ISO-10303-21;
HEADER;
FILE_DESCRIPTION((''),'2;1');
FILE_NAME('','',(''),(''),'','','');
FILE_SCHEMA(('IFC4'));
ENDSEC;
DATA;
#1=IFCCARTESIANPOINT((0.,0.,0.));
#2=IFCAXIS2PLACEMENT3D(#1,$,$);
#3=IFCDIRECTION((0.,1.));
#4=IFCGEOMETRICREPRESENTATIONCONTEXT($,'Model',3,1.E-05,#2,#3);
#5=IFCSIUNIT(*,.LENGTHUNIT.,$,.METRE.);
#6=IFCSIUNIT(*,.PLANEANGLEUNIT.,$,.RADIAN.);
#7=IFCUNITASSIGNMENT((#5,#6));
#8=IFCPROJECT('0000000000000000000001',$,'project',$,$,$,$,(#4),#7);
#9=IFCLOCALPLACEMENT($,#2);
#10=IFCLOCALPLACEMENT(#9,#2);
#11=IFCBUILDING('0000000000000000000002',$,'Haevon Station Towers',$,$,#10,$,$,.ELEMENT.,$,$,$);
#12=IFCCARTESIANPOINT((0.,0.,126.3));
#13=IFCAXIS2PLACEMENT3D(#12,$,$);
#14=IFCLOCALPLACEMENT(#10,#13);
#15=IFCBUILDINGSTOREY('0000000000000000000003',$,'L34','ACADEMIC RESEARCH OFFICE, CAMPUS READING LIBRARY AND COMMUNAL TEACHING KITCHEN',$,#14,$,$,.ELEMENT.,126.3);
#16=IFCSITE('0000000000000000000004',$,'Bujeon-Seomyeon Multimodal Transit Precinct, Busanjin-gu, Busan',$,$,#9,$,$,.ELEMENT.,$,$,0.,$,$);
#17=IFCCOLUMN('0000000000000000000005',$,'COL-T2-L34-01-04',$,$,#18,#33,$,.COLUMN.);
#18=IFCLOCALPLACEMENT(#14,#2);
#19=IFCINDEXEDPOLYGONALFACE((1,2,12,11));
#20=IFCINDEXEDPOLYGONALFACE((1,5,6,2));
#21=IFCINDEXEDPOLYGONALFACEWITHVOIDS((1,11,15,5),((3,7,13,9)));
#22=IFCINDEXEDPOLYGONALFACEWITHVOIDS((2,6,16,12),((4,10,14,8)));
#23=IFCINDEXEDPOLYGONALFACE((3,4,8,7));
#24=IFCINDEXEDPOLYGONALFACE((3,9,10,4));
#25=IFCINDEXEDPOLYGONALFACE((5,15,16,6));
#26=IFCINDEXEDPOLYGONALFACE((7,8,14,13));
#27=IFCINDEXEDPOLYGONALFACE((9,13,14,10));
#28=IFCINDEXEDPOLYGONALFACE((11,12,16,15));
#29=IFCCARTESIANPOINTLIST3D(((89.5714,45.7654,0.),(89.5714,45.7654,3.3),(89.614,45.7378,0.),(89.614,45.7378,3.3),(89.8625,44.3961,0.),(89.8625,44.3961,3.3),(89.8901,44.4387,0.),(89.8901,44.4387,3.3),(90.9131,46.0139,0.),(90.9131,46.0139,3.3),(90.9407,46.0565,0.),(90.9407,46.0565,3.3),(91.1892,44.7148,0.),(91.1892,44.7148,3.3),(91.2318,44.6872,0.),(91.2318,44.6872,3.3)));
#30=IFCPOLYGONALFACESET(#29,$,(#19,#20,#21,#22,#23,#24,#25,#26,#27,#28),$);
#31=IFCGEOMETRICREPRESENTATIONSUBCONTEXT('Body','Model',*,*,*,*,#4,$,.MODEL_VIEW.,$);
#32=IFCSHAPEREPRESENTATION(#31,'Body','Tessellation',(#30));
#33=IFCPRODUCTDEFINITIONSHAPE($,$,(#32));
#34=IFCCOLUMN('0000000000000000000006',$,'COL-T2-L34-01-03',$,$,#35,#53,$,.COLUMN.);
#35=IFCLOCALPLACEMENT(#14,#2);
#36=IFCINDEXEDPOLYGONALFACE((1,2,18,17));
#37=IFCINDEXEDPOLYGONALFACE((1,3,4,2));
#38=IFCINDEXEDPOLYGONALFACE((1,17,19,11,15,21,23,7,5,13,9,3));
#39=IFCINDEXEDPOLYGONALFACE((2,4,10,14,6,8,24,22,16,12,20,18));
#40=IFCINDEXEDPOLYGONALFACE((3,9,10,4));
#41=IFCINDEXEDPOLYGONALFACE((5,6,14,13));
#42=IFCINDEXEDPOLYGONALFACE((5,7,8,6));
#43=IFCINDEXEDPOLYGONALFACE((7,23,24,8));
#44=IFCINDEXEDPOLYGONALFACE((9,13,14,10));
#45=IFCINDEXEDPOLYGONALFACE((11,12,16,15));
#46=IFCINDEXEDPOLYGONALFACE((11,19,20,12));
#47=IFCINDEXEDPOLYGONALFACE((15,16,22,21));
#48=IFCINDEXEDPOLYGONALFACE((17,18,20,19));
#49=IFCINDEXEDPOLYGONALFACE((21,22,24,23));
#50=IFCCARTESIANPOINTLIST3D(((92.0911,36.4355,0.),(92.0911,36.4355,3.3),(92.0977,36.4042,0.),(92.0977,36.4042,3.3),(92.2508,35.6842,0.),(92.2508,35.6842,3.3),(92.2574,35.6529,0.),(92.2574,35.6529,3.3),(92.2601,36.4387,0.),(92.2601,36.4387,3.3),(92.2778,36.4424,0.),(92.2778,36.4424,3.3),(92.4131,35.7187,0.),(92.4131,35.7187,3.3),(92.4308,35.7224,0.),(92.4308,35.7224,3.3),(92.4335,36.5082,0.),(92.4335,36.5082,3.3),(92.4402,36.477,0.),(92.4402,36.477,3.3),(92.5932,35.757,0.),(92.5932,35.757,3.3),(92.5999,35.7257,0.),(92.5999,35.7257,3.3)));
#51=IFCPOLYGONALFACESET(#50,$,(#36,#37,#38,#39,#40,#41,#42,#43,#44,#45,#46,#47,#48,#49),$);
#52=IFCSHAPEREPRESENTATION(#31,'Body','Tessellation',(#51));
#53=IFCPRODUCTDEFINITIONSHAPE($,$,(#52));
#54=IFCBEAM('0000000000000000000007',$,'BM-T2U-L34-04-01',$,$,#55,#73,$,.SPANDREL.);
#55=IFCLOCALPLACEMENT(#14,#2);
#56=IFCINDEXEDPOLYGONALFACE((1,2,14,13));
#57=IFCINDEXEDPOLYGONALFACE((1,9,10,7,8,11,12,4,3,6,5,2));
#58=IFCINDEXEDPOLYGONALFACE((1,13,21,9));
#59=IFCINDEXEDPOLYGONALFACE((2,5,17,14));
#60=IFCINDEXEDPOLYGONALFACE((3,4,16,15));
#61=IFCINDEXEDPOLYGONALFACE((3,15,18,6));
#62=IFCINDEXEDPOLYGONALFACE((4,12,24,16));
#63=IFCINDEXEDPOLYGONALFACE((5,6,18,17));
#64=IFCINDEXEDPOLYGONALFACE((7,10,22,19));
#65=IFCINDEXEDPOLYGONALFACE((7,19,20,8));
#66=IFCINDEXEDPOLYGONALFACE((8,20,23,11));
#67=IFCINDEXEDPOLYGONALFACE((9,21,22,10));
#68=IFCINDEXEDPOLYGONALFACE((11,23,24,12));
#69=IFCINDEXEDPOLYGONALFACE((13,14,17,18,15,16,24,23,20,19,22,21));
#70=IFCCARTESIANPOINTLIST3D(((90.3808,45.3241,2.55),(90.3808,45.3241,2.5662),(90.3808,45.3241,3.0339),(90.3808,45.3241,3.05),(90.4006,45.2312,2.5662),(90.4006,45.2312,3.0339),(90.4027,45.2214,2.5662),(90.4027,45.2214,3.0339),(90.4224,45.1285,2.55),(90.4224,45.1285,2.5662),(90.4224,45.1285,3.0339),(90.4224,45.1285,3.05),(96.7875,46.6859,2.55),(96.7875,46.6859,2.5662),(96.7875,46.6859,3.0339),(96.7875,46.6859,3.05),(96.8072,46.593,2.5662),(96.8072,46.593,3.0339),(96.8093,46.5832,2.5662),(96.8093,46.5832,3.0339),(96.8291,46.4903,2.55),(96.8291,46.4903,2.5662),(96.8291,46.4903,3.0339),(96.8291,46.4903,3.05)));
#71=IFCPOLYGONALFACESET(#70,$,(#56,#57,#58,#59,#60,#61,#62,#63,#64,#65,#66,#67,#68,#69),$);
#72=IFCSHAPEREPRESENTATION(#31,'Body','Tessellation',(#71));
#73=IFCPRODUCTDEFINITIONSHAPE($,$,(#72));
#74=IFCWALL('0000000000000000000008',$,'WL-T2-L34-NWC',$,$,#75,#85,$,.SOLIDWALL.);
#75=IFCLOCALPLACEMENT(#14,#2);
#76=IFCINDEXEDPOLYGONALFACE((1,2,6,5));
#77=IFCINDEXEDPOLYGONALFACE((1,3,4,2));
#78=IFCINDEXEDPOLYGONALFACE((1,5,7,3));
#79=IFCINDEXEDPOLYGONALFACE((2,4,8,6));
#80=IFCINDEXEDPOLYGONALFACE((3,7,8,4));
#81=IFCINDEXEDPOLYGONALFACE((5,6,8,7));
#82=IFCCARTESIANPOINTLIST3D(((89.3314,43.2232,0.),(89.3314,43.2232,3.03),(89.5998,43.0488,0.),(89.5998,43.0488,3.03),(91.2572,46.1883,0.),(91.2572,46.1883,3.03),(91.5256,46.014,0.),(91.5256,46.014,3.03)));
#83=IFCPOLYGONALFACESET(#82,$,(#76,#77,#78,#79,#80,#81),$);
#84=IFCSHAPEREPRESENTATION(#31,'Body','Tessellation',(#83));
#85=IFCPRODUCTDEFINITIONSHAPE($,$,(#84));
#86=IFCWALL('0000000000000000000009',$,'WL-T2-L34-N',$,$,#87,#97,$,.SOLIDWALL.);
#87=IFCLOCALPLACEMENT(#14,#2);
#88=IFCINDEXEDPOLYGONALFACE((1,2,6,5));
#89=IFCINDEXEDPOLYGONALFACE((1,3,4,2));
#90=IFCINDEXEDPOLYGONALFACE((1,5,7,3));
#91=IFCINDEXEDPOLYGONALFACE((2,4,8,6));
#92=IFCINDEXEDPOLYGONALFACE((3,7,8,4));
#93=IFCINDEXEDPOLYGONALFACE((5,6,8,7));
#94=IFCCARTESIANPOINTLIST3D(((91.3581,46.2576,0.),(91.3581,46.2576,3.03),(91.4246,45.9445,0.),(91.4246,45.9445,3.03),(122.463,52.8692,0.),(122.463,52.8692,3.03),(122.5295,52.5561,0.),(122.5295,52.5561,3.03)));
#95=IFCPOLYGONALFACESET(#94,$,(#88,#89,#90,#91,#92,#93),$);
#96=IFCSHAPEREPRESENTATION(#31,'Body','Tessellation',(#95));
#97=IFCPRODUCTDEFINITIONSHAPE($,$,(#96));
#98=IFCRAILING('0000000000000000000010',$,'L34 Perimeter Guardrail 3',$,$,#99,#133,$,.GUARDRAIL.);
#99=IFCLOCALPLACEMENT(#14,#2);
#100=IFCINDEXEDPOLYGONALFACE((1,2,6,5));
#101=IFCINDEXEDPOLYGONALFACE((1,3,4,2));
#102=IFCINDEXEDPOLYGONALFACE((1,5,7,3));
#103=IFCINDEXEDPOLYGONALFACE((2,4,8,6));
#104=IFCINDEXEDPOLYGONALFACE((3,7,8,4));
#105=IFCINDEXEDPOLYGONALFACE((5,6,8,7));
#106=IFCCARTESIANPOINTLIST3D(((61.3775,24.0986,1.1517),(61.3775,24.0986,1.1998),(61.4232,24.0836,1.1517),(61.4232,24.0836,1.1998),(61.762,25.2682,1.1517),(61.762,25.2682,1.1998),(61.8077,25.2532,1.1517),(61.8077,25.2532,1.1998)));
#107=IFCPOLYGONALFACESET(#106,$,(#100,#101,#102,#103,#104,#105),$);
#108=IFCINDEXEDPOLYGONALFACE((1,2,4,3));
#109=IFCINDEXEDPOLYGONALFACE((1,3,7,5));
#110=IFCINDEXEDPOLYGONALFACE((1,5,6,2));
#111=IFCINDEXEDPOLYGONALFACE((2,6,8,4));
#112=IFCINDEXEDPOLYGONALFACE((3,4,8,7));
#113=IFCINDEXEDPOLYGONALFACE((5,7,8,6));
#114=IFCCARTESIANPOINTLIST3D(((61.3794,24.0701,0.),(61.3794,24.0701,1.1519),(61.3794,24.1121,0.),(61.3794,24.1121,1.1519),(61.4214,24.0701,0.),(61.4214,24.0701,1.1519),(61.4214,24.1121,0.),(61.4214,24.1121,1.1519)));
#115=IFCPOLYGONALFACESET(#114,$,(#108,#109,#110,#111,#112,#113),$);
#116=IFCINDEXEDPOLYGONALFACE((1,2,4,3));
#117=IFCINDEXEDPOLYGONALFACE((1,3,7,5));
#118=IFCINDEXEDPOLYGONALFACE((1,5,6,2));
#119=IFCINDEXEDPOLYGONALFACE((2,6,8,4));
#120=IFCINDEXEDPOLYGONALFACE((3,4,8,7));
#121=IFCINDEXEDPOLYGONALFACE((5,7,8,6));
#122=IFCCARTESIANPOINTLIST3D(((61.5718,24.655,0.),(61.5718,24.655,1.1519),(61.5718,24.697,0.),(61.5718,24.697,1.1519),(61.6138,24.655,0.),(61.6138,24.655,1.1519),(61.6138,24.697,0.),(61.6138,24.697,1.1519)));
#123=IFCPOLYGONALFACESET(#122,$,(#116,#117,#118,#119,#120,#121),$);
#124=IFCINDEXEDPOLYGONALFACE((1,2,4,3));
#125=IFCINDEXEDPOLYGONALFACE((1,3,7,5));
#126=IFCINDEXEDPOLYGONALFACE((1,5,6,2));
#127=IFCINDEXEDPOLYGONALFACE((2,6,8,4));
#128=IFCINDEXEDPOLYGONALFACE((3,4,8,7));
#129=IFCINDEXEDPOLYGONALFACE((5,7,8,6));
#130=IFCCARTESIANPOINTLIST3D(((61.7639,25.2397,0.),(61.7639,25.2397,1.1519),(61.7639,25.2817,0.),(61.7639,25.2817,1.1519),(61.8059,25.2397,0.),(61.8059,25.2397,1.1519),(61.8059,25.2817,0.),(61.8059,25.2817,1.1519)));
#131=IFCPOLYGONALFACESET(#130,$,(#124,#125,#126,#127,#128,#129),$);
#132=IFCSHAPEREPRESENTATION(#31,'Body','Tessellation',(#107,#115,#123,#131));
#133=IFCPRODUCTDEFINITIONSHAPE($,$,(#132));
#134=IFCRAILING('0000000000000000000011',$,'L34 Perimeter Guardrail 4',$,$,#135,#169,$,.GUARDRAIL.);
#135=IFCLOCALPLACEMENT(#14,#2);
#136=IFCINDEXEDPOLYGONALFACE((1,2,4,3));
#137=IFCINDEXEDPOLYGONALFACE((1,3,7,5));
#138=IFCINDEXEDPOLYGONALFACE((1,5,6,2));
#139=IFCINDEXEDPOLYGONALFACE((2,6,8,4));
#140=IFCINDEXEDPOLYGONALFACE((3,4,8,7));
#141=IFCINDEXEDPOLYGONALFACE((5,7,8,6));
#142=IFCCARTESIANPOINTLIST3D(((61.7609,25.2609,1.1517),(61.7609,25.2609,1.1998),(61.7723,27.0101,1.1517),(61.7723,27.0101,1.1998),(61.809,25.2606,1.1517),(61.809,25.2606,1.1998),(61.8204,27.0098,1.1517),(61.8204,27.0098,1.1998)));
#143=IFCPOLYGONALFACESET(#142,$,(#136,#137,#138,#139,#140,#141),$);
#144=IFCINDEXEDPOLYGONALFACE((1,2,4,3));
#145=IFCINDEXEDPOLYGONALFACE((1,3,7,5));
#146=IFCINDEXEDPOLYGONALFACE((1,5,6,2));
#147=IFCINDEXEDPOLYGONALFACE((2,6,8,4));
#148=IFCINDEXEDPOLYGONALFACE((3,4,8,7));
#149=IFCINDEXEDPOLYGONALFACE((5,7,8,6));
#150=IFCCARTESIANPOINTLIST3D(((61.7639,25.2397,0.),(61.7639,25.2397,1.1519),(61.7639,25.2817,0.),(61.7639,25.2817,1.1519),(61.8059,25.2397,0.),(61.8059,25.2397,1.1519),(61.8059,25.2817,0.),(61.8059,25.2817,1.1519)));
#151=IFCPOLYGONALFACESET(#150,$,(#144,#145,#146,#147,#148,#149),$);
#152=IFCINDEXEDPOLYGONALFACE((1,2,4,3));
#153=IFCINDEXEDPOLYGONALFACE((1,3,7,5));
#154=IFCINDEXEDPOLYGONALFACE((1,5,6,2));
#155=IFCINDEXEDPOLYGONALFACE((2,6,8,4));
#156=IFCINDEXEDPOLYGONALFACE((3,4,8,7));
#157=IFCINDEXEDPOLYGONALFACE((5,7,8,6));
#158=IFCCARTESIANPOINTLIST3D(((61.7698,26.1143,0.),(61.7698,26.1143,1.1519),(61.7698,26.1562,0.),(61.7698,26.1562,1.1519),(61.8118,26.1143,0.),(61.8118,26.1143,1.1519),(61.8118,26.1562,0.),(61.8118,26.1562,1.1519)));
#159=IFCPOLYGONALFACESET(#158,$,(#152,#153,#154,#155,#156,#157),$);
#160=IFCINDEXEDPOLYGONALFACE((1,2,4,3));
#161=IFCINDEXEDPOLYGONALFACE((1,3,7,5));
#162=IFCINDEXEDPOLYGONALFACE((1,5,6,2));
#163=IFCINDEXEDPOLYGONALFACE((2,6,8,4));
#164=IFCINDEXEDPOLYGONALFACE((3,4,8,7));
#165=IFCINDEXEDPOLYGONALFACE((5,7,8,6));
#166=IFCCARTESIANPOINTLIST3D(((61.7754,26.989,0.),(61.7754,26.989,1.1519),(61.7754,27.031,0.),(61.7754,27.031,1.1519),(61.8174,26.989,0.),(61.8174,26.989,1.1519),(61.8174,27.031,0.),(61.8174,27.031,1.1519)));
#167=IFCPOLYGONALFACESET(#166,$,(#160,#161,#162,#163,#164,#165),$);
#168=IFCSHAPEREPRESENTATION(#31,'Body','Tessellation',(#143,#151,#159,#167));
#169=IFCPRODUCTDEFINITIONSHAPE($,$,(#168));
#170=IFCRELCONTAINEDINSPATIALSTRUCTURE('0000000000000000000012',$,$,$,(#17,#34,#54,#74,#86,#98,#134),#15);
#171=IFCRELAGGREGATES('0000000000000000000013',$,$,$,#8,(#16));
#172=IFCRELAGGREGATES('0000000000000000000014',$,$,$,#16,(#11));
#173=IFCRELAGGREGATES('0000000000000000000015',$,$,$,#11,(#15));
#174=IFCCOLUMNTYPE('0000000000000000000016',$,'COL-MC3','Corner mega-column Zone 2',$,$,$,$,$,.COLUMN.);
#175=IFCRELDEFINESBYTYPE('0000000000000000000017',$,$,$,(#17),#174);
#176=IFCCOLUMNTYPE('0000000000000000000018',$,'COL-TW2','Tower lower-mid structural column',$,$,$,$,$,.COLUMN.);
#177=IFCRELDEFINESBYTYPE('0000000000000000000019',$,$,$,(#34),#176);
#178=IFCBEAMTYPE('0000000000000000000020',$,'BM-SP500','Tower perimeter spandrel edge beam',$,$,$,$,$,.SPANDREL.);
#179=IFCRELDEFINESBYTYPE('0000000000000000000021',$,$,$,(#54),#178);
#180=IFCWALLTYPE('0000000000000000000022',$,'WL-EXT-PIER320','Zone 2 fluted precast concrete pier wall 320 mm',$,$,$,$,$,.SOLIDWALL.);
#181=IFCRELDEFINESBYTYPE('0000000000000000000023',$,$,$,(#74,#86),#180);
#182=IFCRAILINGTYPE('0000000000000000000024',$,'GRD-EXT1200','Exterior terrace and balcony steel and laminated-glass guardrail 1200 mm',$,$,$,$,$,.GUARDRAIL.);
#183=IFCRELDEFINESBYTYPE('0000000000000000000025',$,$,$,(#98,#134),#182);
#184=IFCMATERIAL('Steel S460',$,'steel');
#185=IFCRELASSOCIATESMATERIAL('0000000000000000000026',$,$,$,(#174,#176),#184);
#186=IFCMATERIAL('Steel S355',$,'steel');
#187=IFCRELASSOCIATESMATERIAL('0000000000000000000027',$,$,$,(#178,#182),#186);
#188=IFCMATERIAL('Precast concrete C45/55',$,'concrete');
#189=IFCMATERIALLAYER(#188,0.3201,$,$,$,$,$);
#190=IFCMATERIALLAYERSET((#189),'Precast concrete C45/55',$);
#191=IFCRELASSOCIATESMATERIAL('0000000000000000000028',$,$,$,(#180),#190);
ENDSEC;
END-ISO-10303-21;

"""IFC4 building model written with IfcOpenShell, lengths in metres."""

from ifc_helpers import new_model, si_unit, direction, frame, frame_2d, origin, origin_2d, place, context, subcontext, project, spatial, rectangle, hollow_rectangle, i_section, extrude, material, layer, layer_set, material_profile, profile_set, type_object, element, save


model = new_model("IFC4")

# Units and contexts
model_context = context("Model", 3, precision=1e-05, world=origin(), true_north=direction((0.0, 1.0)))
body_context = subcontext(model_context, "Body", "Model", "MODEL_VIEW")
ifc_project = project(units=[si_unit("LENGTHUNIT", "METRE"), si_unit("PLANEANGLEUNIT", "RADIAN")], contexts=[model_context])

# Site, building, storey
site_placement = place(None, origin())
site = spatial("IfcSite", under=ifc_project, at=site_placement, Name="Bujeon-Seomyeon Multimodal Transit Precinct, Busanjin-gu, Busan", CompositionType="ELEMENT", RefElevation=0.0)
building_placement = place(site_placement, origin())
building = spatial("IfcBuilding", under=site, at=building_placement, Name="Haevon Station Towers", CompositionType="ELEMENT")
storey_placement = place(building_placement, frame((0.0, 0.0, 126.3)))
storey = spatial("IfcBuildingStorey", under=building, at=storey_placement, Name="L34", Description="ACADEMIC RESEARCH OFFICE, CAMPUS READING LIBRARY AND COMMUNAL TEACHING KITCHEN", CompositionType="ELEMENT", Elevation=126.3)

# Columns
ifc_material_1 = material(Name="Steel S460", Category="steel")
ifc_material_profile_1 = material_profile(ifc_material_1, hollow_rectangle(XDim=1.3999, YDim=1.3999, WallThickness=0.0359, at=origin_2d()), Name="BOX-1400x1400x36")
ifc_profile_set_1 = profile_set([ifc_material_profile_1], Name="Steel S460")
column_type_1 = type_object("IfcColumnType", Name="COL-MC3", Description="Corner mega-column Zone 2", PredefinedType="COLUMN", material=ifc_profile_set_1)
column_1_placement = place(storey_placement, frame((90.4016, 45.2263, 0.0), z_axis=(0.0, 0.0, 1.0), x_axis=(0.978148, 0.207912, 0.0)))
element("IfcColumn", 1, at=column_1_placement, inside=storey, type_object=column_type_1, Name="COL-T2-L34-01-04", PredefinedType="COLUMN", context=body_context, shape_type="SweptSolid", body=[
    extrude(hollow_rectangle(XDim=1.3999, YDim=1.3999, WallThickness=0.0359, at=origin_2d()), origin(), (0.0, 0.0, 1.0), 3.3),
])
ifc_material_profile_2 = material_profile(ifc_material_1, i_section(OverallWidth=0.3501, OverallDepth=0.8, WebThickness=0.0181, FlangeThickness=0.032, at=origin_2d()), Name="H-800x350x18x32")
ifc_profile_set_2 = profile_set([ifc_material_profile_2], Name="Steel S460")
column_type_2 = type_object("IfcColumnType", Name="COL-TW2", Description="Tower lower-mid structural column", PredefinedType="COLUMN", material=ifc_profile_set_2)
column_2_placement = place(storey_placement, frame((92.3455, 36.0806, 0.0), z_axis=(0.0, 0.0, 1.0), x_axis=(0.978148, 0.207912, 0.0)))
element("IfcColumn", 2, at=column_2_placement, inside=storey, type_object=column_type_2, Name="COL-T2-L34-01-03", PredefinedType="COLUMN", context=body_context, shape_type="SweptSolid", body=[
    extrude(i_section(OverallWidth=0.3501, OverallDepth=0.8, WebThickness=0.0181, FlangeThickness=0.032, at=origin_2d()), origin(), (0.0, 0.0, 1.0), 3.3),
])

# Beam
ifc_material_2 = material(Name="Steel S355", Category="steel")
ifc_material_profile_3 = material_profile(ifc_material_2, i_section(OverallWidth=0.2, OverallDepth=0.5, WebThickness=0.01, FlangeThickness=0.0161, at=origin_2d()), Name="H-500x200x10x16")
ifc_profile_set_3 = profile_set([ifc_material_profile_3], Name="Steel S355")
beam_type = type_object("IfcBeamType", Name="BM-SP500", Description="Tower perimeter spandrel edge beam", PredefinedType="SPANDREL", material=ifc_profile_set_3)
beam_placement = place(storey_placement, frame((90.4016, 45.2263, 2.8), z_axis=(0.978147, 0.207915, 0.0), x_axis=(-0.207915, 0.978147, 0.0)))
element("IfcBeam", 3, at=beam_placement, inside=storey, type_object=beam_type, Name="BM-T2U-L34-04-01", PredefinedType="SPANDREL", context=body_context, shape_type="SweptSolid", body=[
    extrude(i_section(OverallWidth=0.2, OverallDepth=0.5, WebThickness=0.01, FlangeThickness=0.0161, at=origin_2d()), origin(), (0.0, 0.0, 1.0), 6.5498),
])

# Walls
ifc_material_3 = material(Name="Precast concrete C45/55", Category="concrete")
ifc_layer_1 = layer(ifc_material_3, 0.3201)
ifc_layer_set_1 = layer_set([ifc_layer_1], Name="Precast concrete C45/55")
wall_type = type_object("IfcWallType", Name="WL-EXT-PIER320", Description="Zone 2 fluted precast concrete pier wall 320 mm", PredefinedType="SOLIDWALL", material=ifc_layer_set_1)
wall_1_placement = place(storey_placement, frame((89.4656, 43.136, 0.0), z_axis=(0.0, 0.0, 1.0), x_axis=(0.544685, 0.838641, 0.0)))
element("IfcWall", 4, at=wall_1_placement, inside=storey, type_object=wall_type, Name="WL-T2-L34-NWC", PredefinedType="SOLIDWALL", context=body_context, shape_type="SweptSolid", body=[
    extrude(rectangle(XDim=3.5356, YDim=0.3201, at=frame_2d((1.7678, 0.0))), origin(), (0.0, 0.0, 1.0), 3.03),
])
wall_2_placement = place(storey_placement, frame((91.3914, 46.1011, 0.0), z_axis=(0.0, 0.0, 1.0), x_axis=(0.978148, 0.207912, 0.0)))
element("IfcWall", 5, at=wall_2_placement, inside=storey, type_object=wall_type, Name="WL-T2-L34-N", PredefinedType="SOLIDWALL", context=body_context, shape_type="SweptSolid", body=[
    extrude(rectangle(XDim=31.7998, YDim=0.3201, at=frame_2d((15.8999, 0.0))), origin(), (0.0, 0.0, 1.0), 3.03),
])

# Railings
railing_type = type_object("IfcRailingType", Name="GRD-EXT1200", Description="Exterior terrace and balcony steel and laminated-glass guardrail 1200 mm", PredefinedType="GUARDRAIL", material=ifc_material_2)
railing_1_placement = place(storey_placement, frame((61.4004, 24.0911, 0.0)))
element("IfcRailing", 6, at=railing_1_placement, inside=storey, type_object=railing_type, Name="L34 Perimeter Guardrail 3", PredefinedType="GUARDRAIL", context=body_context, shape_type="SweptSolid", body=[
    extrude(rectangle(XDim=0.0481, YDim=0.0481, at=origin_2d()), frame((0.0, 0.0, 1.1758), z_axis=(0.312299, 0.949984, 0.0), x_axis=(-0.949984, 0.312299, 0.0)), (0.0, 0.0, 1.0), 1.2312),
    extrude(rectangle(XDim=0.042, YDim=0.042, at=origin_2d()), origin(), (0.0, 0.0, 1.0), 1.1519),
    extrude(rectangle(XDim=0.042, YDim=0.042, at=origin_2d()), frame((0.1924, 0.585, 0.0)), (0.0, 0.0, 1.0), 1.1519),
    extrude(rectangle(XDim=0.042, YDim=0.042, at=origin_2d()), frame((0.3845, 1.1697, 0.0)), (0.0, 0.0, 1.0), 1.1519),
])
railing_2_placement = place(storey_placement, frame((61.7849, 25.2607, 0.0)))
element("IfcRailing", 7, at=railing_2_placement, inside=storey, type_object=railing_type, Name="L34 Perimeter Guardrail 4", PredefinedType="GUARDRAIL", context=body_context, shape_type="SweptSolid", body=[
    extrude(rectangle(XDim=0.0481, YDim=0.0481, at=origin_2d()), frame((0.0, 0.0, 1.1758), z_axis=(0.00656, 0.999978, 0.0), x_axis=(-0.999978, 0.00656, 0.0)), (0.0, 0.0, 1.0), 1.7493),
    extrude(rectangle(XDim=0.042, YDim=0.042, at=origin_2d()), origin(), (0.0, 0.0, 1.0), 1.1519),
    extrude(rectangle(XDim=0.042, YDim=0.042, at=origin_2d()), frame((0.0059, 0.8745, 0.0)), (0.0, 0.0, 1.0), 1.1519),
    extrude(rectangle(XDim=0.042, YDim=0.042, at=origin_2d()), frame((0.0115, 1.7493, 0.0)), (0.0, 0.0, 1.0), 1.1519),
])

save(model, "model.ifc")
